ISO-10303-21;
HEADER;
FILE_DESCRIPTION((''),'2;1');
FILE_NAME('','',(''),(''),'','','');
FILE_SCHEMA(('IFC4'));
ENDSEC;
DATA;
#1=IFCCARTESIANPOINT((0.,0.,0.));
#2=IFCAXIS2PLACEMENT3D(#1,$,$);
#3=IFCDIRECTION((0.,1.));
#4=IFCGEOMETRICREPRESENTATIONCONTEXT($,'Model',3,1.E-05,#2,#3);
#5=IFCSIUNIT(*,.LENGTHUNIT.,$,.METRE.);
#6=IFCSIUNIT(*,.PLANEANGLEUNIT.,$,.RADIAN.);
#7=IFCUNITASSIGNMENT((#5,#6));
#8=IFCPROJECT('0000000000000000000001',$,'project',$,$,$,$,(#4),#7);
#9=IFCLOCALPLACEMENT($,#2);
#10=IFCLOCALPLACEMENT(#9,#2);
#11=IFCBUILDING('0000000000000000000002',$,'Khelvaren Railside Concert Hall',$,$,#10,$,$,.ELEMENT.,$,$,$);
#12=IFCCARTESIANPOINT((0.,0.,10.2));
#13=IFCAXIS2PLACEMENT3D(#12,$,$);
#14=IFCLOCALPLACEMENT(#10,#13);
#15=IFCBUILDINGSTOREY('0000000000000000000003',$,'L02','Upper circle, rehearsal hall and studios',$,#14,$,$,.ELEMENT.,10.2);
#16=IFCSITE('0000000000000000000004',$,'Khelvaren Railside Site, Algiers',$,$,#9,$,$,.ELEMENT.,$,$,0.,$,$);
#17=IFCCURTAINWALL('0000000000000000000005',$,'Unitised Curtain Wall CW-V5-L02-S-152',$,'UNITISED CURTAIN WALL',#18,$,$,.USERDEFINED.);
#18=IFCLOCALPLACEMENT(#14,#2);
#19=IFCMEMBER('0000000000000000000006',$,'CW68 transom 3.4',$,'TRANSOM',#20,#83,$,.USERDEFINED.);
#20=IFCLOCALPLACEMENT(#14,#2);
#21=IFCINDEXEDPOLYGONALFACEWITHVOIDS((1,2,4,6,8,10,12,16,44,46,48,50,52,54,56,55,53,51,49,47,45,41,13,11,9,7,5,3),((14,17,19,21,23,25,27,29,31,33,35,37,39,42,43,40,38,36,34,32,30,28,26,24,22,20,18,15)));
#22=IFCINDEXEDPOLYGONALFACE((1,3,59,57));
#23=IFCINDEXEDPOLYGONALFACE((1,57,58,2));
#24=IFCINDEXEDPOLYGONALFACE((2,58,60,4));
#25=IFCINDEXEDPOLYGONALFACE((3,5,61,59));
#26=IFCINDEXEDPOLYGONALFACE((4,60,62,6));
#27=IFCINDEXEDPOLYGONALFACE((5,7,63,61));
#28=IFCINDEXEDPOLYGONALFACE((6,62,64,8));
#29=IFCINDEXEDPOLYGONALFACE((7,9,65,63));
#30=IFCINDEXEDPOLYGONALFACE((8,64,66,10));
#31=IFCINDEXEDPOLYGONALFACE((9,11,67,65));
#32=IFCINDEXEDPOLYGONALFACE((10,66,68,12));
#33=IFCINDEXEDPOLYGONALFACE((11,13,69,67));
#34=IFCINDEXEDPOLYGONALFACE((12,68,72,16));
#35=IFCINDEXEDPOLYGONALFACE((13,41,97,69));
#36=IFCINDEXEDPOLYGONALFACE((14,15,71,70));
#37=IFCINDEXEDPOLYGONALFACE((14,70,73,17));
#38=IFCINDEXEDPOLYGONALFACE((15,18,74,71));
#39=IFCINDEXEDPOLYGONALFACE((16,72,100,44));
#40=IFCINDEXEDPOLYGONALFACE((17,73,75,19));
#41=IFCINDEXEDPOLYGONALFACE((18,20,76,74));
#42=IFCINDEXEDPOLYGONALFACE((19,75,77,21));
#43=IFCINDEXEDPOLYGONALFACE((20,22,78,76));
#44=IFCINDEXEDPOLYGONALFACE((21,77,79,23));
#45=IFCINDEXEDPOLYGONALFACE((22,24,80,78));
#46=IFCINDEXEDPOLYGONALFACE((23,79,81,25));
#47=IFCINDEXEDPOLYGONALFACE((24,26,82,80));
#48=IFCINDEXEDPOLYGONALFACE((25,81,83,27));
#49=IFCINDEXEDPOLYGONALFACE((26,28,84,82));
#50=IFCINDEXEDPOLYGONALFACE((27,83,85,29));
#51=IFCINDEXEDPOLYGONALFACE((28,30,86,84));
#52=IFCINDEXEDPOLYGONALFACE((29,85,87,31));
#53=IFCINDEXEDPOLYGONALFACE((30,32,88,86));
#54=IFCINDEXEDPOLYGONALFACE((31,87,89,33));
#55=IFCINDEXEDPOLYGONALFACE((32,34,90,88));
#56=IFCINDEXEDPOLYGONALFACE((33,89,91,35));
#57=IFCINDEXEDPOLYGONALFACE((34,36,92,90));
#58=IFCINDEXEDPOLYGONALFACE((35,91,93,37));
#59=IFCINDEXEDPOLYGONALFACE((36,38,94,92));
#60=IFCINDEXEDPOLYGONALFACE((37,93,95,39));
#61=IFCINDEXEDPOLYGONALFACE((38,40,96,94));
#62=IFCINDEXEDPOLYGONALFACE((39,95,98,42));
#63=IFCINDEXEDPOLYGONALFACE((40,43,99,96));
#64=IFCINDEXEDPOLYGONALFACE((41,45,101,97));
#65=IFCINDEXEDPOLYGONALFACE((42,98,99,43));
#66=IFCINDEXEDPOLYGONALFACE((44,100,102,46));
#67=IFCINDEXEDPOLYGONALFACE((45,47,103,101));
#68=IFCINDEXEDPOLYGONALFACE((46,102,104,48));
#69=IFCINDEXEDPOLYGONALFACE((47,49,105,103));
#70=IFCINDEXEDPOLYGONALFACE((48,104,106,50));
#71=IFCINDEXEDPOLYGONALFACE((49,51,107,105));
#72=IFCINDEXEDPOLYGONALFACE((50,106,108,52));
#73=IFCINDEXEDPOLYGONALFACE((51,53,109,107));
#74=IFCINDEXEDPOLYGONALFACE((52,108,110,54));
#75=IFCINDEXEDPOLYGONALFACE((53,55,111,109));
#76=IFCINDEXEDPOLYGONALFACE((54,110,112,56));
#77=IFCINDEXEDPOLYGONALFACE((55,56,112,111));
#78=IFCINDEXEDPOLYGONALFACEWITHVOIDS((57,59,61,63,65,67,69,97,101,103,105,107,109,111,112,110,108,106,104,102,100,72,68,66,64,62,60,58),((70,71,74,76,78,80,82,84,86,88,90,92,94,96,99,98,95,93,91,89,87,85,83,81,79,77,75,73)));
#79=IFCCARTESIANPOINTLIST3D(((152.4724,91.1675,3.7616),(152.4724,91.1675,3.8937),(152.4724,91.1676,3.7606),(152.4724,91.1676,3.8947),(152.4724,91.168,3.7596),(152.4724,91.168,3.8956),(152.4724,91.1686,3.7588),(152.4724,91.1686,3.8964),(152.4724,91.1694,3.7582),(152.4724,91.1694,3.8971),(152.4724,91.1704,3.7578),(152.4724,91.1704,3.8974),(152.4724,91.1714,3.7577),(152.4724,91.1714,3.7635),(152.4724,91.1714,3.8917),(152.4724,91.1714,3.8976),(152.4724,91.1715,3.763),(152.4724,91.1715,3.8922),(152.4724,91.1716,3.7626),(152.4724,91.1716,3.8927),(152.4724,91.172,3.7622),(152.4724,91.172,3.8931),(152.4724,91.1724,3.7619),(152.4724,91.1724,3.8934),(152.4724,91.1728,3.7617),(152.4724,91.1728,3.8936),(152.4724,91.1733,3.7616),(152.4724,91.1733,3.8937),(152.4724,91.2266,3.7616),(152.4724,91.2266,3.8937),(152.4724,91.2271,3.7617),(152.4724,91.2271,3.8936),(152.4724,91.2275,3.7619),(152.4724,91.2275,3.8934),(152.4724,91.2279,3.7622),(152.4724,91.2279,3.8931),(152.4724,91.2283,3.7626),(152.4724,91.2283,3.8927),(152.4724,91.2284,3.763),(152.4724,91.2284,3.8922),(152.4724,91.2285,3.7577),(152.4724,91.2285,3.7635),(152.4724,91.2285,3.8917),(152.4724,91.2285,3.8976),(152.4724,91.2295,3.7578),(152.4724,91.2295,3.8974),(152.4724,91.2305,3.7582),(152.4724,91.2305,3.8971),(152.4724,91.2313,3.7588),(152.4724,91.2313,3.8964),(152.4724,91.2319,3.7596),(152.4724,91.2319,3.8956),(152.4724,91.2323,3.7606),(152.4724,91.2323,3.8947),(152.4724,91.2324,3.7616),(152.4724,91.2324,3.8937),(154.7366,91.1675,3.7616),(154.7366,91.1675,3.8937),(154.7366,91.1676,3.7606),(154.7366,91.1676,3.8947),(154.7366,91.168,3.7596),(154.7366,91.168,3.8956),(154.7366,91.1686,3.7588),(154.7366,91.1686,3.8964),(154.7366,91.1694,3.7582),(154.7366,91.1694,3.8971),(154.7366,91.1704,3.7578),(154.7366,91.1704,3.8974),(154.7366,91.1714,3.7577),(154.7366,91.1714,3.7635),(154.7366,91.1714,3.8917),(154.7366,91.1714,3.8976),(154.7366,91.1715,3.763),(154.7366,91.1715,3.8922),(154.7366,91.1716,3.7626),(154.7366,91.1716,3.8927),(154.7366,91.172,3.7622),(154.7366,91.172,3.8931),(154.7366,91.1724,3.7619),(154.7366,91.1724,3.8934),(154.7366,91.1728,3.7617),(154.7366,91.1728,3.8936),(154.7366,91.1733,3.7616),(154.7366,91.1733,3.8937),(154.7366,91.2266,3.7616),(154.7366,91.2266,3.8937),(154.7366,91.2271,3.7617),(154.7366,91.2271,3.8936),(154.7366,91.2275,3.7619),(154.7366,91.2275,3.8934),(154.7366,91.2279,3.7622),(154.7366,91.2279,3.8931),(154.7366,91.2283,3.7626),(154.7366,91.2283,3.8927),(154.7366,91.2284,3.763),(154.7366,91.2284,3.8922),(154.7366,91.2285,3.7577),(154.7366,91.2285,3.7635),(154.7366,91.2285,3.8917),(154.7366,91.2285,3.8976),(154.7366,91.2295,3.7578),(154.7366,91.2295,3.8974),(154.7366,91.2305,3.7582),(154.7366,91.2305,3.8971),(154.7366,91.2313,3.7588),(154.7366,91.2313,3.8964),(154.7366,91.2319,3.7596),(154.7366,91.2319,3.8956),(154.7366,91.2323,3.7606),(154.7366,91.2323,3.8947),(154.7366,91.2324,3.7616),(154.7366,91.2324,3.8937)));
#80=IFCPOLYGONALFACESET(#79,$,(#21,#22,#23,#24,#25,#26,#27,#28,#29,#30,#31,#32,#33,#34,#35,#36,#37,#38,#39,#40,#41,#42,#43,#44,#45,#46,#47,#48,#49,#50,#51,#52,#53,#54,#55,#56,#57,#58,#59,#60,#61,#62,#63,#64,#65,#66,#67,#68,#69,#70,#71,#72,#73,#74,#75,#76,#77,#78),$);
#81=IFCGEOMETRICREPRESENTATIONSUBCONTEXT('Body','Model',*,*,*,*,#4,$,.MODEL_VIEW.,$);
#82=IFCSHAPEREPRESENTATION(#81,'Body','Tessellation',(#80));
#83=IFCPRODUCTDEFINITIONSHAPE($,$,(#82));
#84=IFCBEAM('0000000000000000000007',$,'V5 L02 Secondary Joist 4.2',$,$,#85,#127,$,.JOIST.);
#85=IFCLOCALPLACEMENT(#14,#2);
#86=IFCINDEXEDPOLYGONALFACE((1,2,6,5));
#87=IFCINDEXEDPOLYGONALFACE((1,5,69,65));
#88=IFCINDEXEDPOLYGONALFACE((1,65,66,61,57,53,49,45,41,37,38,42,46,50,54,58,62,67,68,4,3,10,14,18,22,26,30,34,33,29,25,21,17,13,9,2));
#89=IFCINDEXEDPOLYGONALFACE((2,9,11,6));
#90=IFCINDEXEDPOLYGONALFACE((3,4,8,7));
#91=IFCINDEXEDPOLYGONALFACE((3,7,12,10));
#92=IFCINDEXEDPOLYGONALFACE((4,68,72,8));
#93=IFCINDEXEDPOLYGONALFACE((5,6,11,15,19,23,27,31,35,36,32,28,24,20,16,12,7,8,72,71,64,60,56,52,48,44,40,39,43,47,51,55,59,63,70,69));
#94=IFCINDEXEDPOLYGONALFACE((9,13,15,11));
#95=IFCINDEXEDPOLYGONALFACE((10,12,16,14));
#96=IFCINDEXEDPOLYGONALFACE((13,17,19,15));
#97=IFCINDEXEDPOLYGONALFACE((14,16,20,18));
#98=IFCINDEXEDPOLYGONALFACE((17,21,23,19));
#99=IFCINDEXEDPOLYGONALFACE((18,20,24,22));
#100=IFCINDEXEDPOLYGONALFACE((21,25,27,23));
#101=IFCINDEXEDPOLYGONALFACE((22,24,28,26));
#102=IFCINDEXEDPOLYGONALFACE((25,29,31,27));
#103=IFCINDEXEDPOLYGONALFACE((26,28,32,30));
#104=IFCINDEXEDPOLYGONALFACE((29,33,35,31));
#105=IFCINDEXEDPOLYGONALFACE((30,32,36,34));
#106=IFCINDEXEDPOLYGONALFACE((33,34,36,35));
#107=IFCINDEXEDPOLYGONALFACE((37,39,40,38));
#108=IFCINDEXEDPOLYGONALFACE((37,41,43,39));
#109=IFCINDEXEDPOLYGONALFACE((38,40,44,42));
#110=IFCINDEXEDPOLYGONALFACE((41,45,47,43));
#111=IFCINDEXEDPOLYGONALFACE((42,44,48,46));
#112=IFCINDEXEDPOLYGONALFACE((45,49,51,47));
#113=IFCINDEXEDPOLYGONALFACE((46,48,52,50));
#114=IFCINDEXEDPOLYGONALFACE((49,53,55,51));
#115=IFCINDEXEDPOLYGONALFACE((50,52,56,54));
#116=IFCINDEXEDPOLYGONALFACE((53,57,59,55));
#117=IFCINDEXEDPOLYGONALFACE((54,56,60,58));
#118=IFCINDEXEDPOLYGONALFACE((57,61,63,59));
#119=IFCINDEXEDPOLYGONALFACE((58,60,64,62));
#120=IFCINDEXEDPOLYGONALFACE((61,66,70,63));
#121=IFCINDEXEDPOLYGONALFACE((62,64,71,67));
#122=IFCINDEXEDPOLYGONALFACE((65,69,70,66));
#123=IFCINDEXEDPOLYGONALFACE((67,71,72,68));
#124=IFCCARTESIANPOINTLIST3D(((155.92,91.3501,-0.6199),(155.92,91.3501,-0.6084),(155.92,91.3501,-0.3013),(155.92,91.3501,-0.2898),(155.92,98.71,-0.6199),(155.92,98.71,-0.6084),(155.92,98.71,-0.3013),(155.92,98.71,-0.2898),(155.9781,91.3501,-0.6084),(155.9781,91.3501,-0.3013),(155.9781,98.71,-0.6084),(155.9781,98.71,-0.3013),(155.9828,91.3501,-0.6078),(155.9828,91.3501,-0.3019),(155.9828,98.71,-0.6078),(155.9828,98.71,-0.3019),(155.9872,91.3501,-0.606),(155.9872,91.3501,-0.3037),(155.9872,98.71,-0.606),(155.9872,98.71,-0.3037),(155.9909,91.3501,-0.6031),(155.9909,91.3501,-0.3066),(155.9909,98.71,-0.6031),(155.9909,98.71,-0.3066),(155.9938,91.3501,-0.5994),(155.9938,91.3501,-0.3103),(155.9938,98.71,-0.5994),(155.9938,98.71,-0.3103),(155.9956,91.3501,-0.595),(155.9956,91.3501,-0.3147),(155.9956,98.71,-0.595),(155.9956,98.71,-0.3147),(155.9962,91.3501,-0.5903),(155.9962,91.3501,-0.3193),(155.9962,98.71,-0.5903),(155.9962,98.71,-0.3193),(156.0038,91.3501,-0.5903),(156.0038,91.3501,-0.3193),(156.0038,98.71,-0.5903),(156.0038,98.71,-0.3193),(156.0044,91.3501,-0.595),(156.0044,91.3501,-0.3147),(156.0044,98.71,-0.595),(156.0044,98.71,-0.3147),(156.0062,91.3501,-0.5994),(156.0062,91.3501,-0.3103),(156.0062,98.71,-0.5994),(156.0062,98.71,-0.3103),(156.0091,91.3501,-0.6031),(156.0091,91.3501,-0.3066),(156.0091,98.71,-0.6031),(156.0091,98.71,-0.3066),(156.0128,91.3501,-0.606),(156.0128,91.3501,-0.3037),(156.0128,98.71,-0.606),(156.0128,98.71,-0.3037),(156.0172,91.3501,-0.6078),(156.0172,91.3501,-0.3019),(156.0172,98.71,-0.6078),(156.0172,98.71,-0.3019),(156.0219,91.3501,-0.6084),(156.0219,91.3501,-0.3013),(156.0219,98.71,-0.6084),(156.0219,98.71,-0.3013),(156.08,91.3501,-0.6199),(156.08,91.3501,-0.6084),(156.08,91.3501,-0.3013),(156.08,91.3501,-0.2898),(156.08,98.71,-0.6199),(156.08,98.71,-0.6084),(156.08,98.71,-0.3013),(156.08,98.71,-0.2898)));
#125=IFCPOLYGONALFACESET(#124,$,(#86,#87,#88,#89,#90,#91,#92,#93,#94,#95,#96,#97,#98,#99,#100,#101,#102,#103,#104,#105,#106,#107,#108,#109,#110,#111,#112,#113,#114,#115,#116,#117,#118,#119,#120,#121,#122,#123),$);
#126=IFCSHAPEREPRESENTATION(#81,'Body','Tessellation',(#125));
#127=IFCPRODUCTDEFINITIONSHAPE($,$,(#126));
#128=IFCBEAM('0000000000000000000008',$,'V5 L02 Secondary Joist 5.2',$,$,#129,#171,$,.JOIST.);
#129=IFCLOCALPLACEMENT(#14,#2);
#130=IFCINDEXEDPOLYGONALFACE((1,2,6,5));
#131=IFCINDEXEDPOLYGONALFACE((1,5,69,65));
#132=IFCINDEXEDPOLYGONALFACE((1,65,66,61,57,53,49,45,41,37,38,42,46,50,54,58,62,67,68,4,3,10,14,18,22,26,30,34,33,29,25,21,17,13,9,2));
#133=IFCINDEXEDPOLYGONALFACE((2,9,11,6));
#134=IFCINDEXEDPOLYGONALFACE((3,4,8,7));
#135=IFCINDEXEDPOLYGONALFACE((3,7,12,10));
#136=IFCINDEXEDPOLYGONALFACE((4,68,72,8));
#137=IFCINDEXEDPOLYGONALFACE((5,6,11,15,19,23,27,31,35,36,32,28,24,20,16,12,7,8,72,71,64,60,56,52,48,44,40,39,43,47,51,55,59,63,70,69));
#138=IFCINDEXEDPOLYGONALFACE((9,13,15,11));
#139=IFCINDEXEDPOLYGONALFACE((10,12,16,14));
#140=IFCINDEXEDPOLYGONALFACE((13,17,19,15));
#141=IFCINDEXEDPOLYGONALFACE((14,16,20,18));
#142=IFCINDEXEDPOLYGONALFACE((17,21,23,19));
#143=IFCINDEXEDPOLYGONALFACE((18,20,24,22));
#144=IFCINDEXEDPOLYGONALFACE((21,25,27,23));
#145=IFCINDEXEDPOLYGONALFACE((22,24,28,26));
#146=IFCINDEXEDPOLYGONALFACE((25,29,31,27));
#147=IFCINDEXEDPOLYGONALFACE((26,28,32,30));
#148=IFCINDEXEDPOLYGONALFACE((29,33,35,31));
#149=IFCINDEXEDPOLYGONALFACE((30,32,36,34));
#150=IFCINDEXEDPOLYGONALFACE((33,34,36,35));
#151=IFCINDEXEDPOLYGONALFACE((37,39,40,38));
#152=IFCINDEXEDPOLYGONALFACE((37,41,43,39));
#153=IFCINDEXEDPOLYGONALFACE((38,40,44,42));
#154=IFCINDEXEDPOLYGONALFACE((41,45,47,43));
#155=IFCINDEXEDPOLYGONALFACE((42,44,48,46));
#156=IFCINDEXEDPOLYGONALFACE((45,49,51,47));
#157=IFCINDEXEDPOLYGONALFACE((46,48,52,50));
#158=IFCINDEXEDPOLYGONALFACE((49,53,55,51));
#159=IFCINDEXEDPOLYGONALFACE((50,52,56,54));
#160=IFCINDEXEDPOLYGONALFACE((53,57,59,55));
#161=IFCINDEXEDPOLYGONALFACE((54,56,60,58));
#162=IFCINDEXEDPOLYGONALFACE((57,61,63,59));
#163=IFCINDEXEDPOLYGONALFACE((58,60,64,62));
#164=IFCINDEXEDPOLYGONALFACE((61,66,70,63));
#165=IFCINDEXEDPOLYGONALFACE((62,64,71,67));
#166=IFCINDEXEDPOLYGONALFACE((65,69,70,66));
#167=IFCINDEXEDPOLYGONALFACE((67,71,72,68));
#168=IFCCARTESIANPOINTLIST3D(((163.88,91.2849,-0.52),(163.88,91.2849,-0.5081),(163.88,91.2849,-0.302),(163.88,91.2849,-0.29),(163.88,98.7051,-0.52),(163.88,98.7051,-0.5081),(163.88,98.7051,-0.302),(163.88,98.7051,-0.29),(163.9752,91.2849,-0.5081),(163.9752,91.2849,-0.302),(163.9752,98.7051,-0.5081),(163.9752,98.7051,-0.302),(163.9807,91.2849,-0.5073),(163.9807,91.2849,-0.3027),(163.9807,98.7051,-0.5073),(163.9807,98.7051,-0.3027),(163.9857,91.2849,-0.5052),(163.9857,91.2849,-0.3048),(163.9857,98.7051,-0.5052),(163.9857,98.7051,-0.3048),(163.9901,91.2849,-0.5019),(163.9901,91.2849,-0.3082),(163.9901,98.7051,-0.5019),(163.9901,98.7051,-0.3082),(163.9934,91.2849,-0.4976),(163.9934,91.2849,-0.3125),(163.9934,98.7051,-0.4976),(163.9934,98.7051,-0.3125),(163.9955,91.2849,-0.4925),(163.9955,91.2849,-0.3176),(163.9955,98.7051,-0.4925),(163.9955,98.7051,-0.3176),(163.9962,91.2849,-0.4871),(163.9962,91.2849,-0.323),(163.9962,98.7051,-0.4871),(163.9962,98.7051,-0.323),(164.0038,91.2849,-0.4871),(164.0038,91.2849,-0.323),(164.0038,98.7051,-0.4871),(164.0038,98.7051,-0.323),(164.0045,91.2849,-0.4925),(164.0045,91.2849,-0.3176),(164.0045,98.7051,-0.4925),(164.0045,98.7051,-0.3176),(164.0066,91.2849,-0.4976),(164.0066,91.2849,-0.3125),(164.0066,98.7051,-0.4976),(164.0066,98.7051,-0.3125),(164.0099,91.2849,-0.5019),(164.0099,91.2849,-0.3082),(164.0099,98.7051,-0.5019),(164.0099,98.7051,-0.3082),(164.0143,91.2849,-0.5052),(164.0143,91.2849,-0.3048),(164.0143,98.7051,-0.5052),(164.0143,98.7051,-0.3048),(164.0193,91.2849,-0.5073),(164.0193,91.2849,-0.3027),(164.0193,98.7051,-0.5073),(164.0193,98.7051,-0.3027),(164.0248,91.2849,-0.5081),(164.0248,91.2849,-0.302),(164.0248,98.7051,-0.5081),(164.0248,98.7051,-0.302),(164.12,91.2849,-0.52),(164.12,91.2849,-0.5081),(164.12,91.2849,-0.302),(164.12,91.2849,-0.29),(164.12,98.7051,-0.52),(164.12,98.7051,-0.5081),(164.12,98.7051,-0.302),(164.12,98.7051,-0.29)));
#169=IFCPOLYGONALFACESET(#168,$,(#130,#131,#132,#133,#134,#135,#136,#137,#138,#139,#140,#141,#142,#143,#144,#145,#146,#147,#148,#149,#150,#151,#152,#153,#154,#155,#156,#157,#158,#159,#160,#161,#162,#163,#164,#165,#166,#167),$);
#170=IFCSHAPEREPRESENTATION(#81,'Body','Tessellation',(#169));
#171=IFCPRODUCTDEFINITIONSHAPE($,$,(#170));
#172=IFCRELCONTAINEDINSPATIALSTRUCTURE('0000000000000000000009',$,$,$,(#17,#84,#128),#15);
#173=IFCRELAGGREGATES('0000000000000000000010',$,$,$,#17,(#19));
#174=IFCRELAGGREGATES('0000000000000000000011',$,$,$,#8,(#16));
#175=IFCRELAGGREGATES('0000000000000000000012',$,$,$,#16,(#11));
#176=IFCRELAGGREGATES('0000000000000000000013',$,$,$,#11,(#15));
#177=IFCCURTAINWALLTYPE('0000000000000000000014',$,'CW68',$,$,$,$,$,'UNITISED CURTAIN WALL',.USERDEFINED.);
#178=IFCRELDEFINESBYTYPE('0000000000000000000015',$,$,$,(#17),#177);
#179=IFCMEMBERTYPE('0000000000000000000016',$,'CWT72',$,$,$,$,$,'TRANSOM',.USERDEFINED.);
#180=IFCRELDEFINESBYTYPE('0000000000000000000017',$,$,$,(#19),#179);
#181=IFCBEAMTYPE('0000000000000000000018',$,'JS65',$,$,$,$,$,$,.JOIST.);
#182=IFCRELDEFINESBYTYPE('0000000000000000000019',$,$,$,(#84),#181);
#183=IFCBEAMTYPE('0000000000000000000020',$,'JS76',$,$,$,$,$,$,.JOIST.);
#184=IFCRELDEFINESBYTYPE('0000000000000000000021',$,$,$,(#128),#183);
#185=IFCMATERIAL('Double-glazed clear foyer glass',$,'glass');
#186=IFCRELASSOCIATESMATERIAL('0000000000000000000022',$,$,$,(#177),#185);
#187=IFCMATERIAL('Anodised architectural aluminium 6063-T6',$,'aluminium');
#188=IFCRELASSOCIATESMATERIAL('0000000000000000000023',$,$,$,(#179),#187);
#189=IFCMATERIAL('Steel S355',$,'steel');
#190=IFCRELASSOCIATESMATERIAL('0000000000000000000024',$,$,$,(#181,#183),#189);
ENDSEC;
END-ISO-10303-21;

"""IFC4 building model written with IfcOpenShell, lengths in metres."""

from ifc_helpers import new_model, si_unit, direction, frame, origin, origin_2d, place, context, subcontext, project, spatial, hollow_rectangle, i_section, extrude, material, material_profile, profile_set, type_object, element, aggregate, save


model = new_model("IFC4")

# Units and contexts
model_context = context("Model", 3, precision=1e-05, world=origin(), true_north=direction((0.0, 1.0)))
body_context = subcontext(model_context, "Body", "Model", "MODEL_VIEW")
ifc_project = project(units=[si_unit("LENGTHUNIT", "METRE"), si_unit("PLANEANGLEUNIT", "RADIAN")], contexts=[model_context])

# Site, building, storey
site_placement = place(None, origin())
site = spatial("IfcSite", under=ifc_project, at=site_placement, Name="Khelvaren Railside Site, Algiers", CompositionType="ELEMENT", RefElevation=0.0)
building_placement = place(site_placement, origin())
building = spatial("IfcBuilding", under=site, at=building_placement, Name="Khelvaren Railside Concert Hall", CompositionType="ELEMENT")
storey_placement = place(building_placement, frame((0.0, 0.0, 10.2)))
storey = spatial("IfcBuildingStorey", under=building, at=storey_placement, Name="L02", Description="Upper circle, rehearsal hall and studios", CompositionType="ELEMENT", Elevation=10.2)

# Curtain wall, member
ifc_material_1 = material(Name="Double-glazed clear foyer glass", Category="glass")
curtain_wall_type = type_object("IfcCurtainWallType", Name="CW68", ElementType="UNITISED CURTAIN WALL", PredefinedType="USERDEFINED", material=ifc_material_1)
curtain_wall_placement = place(storey_placement, origin())
curtain_wall = element("IfcCurtainWall", 1, at=curtain_wall_placement, inside=storey, type_object=curtain_wall_type, Name="Unitised Curtain Wall CW-V5-L02-S-152", ObjectType="UNITISED CURTAIN WALL", PredefinedType="USERDEFINED")
ifc_material_2 = material(Name="Anodised architectural aluminium 6063-T6", Category="aluminium")
ifc_material_profile_1 = material_profile(ifc_material_2, hollow_rectangle(XDim=0.0649, YDim=0.1399, WallThickness=0.0039, InnerFilletRadius=0.002, OuterFilletRadius=0.0039, at=origin_2d()), Name="CWT 65x140x4")
ifc_profile_set_1 = profile_set([ifc_material_profile_1], Name="Anodised architectural aluminium 6063-T6")
member_type_1 = type_object("IfcMemberType", Name="CWT72", ElementType="TRANSOM", PredefinedType="USERDEFINED", material=ifc_profile_set_1)
member_1_placement = place(storey_placement, frame((154.7366, 91.2, 3.8276), z_axis=(-1.0, 0.0, 0.0), x_axis=(0.0, -1.0, 0.0)))
member_1 = element("IfcMember", 2, at=member_1_placement, type_object=member_type_1, Name="CW68 transom 3.4", ObjectType="TRANSOM", PredefinedType="USERDEFINED", context=body_context, shape_type="SweptSolid", body=[
    extrude(hollow_rectangle(XDim=0.0649, YDim=0.1399, WallThickness=0.0039, InnerFilletRadius=0.002, OuterFilletRadius=0.0039, at=origin_2d()), origin(), (0.0, 0.0, 1.0), 2.2642),
])

# Beams
ifc_material_3 = material(Name="Steel S355", Category="steel")
ifc_material_profile_2 = material_profile(ifc_material_3, i_section(OverallWidth=0.1599, OverallDepth=0.3301, WebThickness=0.0076, FlangeThickness=0.0115, FilletRadius=0.0181, at=origin_2d()), Name="IPE 330")
ifc_profile_set_2 = profile_set([ifc_material_profile_2], Name="Steel S355")
beam_type_1 = type_object("IfcBeamType", Name="JS65", PredefinedType="JOIST", material=ifc_profile_set_2)
beam_1_placement = place(storey_placement, frame((156.0, 91.3501, -0.4548), z_axis=(0.0, 1.0, 0.0), x_axis=(-1.0, 0.0, 0.0)))
element("IfcBeam", 3, at=beam_1_placement, inside=storey, type_object=beam_type_1, Name="V5 L02 Secondary Joist 4.2", PredefinedType="JOIST", context=body_context, shape_type="SweptSolid", body=[
    extrude(i_section(OverallWidth=0.1599, OverallDepth=0.3301, WebThickness=0.0076, FlangeThickness=0.0115, FilletRadius=0.0181, at=origin_2d()), origin(), (0.0, 0.0, 1.0), 7.3599),
])
ifc_material_profile_3 = material_profile(ifc_material_3, i_section(OverallWidth=0.24, OverallDepth=0.23, WebThickness=0.0076, FlangeThickness=0.012, FilletRadius=0.021, at=origin_2d()), Name="HEA 240")
ifc_profile_set_3 = profile_set([ifc_material_profile_3], Name="Steel S355")
beam_type_2 = type_object("IfcBeamType", Name="JS76", PredefinedType="JOIST", material=ifc_profile_set_3)
beam_2_placement = place(storey_placement, frame((164.0, 91.2849, -0.405), z_axis=(0.0, 1.0, 0.0), x_axis=(-1.0, 0.0, 0.0)))
element("IfcBeam", 4, at=beam_2_placement, inside=storey, type_object=beam_type_2, Name="V5 L02 Secondary Joist 5.2", PredefinedType="JOIST", context=body_context, shape_type="SweptSolid", body=[
    extrude(i_section(OverallWidth=0.24, OverallDepth=0.23, WebThickness=0.0076, FlangeThickness=0.012, FilletRadius=0.021, at=origin_2d()), origin(), (0.0, 0.0, 1.0), 7.4202),
])

aggregate(curtain_wall, [member_1])

save(model, "model.ifc")
